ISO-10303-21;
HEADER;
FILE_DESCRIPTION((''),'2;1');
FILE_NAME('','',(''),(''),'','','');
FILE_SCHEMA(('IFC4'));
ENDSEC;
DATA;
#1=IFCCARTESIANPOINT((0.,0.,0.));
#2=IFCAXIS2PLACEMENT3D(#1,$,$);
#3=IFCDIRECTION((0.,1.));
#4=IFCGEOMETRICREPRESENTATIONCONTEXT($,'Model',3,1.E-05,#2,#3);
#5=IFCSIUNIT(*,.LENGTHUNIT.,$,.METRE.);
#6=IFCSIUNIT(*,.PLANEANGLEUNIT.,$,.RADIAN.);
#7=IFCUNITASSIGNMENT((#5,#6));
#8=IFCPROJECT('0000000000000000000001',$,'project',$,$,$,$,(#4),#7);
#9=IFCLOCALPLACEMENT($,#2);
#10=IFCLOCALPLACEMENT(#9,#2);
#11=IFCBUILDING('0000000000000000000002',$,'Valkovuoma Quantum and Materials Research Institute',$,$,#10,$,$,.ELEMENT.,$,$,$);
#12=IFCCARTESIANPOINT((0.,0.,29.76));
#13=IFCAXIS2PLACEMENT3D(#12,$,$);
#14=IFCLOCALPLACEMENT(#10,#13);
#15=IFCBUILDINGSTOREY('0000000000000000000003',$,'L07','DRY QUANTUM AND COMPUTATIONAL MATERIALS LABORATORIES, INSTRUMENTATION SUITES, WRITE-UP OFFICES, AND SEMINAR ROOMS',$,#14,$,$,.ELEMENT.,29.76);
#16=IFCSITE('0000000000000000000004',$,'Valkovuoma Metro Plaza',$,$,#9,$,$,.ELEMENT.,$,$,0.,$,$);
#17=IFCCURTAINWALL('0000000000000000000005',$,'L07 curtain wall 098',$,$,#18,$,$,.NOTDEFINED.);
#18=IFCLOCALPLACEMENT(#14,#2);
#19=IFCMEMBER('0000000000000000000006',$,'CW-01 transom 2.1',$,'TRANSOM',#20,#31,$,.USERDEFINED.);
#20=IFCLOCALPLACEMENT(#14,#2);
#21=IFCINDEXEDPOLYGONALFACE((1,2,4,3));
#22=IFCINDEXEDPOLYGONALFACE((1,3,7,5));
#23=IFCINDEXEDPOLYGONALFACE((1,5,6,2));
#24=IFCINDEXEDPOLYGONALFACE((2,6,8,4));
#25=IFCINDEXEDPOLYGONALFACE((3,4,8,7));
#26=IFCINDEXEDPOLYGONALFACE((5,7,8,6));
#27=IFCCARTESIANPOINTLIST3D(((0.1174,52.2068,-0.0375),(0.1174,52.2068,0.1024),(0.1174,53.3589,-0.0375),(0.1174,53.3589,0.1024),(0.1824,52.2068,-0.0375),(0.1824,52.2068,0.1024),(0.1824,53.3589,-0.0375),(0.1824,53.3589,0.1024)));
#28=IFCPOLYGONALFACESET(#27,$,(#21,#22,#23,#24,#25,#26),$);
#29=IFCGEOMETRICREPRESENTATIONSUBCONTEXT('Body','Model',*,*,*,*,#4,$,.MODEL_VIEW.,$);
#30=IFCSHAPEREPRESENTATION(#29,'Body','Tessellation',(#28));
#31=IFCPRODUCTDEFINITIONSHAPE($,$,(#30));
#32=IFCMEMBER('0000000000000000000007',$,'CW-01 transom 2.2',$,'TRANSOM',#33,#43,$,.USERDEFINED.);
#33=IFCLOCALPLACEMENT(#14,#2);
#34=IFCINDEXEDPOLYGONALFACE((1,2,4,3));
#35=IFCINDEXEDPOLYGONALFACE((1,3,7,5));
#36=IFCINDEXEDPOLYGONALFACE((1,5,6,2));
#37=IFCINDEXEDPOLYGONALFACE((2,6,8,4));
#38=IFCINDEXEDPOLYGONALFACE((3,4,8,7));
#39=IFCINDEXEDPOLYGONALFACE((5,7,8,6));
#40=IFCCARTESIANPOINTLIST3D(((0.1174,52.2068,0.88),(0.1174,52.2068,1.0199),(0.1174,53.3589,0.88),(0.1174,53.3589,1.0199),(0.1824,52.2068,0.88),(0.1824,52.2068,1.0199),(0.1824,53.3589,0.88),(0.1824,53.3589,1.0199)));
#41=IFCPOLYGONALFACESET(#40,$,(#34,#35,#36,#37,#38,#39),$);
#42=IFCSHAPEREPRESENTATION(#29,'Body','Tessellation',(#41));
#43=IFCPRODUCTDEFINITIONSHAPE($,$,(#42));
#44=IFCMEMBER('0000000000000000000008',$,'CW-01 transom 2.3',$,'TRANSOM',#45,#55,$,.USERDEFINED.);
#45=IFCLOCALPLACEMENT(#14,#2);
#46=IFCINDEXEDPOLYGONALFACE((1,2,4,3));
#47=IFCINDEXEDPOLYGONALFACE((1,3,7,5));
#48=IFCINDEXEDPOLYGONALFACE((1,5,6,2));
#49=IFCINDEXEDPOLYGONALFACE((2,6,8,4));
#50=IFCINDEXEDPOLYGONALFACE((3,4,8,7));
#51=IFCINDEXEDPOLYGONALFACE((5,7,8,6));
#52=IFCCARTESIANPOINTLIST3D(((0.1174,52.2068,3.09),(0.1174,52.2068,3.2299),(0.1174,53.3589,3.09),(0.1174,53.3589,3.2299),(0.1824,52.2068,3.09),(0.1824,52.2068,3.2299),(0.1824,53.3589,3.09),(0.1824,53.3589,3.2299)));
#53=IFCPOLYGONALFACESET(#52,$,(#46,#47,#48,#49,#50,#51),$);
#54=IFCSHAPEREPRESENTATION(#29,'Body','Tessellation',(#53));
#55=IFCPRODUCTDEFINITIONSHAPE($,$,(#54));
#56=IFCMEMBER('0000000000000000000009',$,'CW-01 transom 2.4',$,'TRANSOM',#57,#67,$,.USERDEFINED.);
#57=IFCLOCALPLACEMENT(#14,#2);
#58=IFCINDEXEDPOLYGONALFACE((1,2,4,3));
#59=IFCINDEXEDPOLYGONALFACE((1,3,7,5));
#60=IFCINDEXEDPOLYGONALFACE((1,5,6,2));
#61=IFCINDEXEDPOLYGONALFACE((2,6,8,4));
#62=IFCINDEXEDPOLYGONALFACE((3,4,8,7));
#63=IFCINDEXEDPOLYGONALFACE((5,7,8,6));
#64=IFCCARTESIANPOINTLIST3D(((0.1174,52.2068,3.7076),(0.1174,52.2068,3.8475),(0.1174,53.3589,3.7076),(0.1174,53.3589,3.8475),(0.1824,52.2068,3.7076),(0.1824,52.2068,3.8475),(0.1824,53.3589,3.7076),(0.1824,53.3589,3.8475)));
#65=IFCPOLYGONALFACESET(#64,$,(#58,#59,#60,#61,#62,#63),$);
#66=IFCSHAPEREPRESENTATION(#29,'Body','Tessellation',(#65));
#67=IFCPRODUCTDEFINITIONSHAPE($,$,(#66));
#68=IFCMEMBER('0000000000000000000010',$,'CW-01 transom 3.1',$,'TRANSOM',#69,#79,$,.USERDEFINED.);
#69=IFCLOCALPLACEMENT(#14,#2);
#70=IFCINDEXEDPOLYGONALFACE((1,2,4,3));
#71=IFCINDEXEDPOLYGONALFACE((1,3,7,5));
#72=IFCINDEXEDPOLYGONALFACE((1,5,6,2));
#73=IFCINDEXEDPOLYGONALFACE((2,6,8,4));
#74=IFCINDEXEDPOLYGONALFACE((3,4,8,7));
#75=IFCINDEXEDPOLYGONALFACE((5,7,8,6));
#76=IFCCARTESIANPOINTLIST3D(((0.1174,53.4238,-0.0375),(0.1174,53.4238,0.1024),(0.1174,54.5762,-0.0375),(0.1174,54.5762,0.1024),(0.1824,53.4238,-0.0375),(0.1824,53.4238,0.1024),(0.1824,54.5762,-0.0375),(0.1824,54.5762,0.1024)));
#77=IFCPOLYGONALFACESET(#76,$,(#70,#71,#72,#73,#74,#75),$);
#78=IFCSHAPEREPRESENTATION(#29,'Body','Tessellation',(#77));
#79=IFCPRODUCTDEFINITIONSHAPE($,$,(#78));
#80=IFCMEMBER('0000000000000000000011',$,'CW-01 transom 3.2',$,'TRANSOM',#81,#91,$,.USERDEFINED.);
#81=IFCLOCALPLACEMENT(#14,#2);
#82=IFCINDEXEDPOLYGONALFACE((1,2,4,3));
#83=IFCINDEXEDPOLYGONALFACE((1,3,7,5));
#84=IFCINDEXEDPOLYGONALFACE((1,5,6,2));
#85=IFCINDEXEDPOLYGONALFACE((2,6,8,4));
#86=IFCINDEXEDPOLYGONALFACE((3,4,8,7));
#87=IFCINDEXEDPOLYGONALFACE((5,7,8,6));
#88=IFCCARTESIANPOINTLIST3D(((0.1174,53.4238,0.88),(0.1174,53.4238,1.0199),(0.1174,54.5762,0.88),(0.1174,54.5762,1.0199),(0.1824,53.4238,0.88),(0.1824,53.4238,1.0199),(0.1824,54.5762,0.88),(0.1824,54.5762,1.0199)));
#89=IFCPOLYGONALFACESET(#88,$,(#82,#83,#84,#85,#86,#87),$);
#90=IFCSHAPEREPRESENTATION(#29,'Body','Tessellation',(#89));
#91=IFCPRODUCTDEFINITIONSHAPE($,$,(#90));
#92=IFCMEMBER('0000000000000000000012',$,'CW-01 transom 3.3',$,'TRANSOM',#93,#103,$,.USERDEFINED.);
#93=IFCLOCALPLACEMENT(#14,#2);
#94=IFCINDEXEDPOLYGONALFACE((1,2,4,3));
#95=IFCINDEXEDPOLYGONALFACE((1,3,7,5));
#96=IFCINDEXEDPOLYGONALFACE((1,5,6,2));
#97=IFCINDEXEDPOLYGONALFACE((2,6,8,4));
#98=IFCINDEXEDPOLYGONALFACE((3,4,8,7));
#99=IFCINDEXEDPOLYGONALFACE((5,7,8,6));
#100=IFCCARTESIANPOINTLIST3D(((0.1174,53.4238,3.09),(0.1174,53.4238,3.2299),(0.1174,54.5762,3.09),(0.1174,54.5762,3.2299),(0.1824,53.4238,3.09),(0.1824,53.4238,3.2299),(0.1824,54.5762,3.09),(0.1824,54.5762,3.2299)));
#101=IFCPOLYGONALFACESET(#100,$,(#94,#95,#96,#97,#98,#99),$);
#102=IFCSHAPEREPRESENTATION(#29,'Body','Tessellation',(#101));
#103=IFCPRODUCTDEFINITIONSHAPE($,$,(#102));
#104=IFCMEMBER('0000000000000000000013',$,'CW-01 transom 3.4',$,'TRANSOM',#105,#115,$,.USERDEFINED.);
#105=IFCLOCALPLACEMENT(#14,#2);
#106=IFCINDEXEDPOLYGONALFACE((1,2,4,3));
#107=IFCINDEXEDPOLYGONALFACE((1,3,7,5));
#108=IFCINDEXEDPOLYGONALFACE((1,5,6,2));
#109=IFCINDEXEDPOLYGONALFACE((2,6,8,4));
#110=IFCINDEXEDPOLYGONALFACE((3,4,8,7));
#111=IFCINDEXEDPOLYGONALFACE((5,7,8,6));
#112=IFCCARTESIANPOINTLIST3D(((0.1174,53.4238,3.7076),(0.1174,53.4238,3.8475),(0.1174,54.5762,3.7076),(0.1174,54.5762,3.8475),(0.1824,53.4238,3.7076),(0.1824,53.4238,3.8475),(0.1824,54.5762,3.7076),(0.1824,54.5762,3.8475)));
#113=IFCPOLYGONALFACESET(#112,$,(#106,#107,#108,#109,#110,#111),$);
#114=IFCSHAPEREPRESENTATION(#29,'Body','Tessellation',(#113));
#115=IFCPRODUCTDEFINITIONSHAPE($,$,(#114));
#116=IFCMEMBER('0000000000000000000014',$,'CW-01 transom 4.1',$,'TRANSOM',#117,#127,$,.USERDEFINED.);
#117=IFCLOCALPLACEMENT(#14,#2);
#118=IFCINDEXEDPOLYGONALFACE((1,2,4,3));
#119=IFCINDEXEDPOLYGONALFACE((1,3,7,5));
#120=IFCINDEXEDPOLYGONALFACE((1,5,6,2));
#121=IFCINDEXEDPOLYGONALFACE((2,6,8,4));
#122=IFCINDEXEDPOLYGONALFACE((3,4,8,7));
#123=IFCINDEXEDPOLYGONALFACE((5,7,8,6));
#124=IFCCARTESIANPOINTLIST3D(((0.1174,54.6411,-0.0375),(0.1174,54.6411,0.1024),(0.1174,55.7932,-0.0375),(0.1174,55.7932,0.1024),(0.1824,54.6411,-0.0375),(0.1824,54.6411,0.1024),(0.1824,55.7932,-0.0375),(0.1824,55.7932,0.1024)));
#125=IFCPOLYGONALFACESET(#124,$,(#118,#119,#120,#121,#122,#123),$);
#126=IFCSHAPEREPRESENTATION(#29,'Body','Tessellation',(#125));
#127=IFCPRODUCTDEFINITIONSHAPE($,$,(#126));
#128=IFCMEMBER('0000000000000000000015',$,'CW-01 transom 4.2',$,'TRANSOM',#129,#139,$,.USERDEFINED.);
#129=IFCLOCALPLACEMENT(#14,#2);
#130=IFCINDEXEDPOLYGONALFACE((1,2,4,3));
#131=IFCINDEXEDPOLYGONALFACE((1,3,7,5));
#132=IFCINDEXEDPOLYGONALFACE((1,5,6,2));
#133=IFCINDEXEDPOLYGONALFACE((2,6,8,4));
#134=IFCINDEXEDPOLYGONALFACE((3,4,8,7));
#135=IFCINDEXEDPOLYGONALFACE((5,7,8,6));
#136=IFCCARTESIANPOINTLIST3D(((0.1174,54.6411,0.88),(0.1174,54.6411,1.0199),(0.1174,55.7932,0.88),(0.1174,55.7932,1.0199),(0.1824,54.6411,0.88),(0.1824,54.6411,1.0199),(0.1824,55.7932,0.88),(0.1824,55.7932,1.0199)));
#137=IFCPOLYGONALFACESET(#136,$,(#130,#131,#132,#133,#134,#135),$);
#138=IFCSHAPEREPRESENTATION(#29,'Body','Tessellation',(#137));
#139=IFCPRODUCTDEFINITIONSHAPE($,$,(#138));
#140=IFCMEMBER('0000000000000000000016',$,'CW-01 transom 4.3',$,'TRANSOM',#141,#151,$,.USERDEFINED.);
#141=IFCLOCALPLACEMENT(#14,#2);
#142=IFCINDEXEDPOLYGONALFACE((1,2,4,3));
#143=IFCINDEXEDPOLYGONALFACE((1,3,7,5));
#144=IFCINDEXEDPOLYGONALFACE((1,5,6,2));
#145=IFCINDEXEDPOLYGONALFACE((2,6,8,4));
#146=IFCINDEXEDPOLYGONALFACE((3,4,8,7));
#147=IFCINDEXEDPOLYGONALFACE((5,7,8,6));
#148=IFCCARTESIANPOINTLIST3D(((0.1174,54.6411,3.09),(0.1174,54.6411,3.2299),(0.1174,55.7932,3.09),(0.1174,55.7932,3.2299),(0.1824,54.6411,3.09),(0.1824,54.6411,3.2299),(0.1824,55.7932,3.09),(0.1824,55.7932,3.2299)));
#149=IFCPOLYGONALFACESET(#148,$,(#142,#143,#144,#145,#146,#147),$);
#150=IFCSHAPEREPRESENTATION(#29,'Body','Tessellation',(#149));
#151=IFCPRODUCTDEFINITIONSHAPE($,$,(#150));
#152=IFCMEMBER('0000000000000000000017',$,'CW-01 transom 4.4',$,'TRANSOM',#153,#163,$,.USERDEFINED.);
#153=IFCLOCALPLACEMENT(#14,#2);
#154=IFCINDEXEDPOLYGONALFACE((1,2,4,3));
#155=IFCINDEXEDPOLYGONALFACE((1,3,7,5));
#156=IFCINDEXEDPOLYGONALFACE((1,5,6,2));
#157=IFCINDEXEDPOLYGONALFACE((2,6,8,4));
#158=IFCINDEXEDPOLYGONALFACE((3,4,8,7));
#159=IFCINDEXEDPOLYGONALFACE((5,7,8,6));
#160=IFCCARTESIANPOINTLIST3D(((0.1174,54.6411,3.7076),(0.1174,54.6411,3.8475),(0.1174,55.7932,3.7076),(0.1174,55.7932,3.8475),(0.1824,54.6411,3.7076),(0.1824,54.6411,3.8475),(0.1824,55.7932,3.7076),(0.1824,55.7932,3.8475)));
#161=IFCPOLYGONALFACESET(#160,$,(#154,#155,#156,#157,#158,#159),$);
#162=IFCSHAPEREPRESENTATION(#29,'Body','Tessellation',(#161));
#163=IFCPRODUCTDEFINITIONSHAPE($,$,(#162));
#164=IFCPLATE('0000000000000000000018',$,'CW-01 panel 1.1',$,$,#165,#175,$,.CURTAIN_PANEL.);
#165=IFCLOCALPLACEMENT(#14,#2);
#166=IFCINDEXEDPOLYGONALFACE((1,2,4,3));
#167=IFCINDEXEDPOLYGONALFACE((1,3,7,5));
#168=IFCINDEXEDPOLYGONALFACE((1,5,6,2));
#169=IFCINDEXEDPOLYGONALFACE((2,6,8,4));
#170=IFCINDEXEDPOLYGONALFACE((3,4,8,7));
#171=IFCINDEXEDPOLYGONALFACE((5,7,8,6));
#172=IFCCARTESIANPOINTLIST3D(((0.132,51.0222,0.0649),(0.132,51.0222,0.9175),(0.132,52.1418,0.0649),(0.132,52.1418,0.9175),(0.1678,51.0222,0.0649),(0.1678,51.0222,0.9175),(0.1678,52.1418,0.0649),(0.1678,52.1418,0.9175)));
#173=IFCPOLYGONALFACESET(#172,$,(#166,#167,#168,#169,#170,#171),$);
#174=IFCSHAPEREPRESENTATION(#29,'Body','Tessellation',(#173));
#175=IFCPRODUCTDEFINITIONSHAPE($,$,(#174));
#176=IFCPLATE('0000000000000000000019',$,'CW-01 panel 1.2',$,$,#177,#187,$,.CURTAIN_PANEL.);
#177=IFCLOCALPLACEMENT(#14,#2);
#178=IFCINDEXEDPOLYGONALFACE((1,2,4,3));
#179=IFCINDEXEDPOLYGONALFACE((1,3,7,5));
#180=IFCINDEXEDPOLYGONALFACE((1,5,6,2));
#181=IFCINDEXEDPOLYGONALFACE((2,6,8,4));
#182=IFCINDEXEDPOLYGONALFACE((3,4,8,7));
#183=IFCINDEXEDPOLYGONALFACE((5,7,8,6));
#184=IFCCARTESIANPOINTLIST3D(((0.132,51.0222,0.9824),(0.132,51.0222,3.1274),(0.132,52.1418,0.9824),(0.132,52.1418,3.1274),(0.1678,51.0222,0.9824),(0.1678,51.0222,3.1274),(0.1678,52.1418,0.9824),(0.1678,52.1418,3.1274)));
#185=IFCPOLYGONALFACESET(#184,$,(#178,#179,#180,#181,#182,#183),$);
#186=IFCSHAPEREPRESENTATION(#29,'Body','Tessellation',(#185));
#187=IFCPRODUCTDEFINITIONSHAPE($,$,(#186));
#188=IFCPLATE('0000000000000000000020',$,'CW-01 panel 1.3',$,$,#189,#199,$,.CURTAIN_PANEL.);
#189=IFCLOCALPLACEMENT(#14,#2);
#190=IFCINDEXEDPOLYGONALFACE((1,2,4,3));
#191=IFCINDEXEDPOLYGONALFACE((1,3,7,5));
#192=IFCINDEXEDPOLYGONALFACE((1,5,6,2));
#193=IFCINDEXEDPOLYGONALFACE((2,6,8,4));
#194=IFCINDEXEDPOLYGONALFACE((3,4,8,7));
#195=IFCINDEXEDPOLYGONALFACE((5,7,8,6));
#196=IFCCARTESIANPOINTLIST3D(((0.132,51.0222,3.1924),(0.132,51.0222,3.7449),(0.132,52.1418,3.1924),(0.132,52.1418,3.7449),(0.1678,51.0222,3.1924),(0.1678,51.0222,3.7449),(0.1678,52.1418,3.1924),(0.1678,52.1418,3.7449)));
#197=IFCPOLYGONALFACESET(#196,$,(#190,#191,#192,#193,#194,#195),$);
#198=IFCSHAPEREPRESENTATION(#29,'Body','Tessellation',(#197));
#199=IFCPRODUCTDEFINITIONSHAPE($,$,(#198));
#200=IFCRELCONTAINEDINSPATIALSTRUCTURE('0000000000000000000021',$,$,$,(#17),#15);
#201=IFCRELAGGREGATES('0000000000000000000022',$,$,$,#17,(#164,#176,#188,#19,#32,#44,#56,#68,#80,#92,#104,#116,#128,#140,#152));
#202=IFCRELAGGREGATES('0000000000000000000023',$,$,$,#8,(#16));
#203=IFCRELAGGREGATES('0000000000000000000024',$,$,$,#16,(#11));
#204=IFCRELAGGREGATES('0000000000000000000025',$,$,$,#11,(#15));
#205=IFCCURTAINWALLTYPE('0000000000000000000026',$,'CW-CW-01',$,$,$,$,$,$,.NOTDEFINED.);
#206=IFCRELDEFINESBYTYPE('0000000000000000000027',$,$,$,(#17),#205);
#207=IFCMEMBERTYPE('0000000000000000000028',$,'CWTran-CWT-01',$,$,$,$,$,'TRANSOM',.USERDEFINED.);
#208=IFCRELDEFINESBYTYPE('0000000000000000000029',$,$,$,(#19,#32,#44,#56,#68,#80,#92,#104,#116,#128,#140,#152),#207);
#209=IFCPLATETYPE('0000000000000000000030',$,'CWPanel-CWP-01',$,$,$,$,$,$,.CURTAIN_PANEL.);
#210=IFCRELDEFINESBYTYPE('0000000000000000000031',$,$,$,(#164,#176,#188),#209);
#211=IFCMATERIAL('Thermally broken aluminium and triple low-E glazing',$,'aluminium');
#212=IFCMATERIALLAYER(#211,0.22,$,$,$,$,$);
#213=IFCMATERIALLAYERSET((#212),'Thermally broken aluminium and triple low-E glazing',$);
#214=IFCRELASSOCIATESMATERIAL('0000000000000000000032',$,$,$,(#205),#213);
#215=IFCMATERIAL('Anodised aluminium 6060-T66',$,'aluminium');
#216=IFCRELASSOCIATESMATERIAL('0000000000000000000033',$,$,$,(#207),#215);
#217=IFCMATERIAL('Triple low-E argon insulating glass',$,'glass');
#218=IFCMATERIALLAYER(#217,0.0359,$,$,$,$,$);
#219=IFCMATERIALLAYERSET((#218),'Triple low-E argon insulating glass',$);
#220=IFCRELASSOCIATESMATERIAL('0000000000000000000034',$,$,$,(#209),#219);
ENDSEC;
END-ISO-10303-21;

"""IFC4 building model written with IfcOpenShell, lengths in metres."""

from ifc_helpers import new_model, si_unit, direction, frame, origin, origin_2d, place, context, subcontext, project, spatial, rectangle, extrude, material, layer, layer_set, material_profile, profile_set, type_object, element, aggregate, save


model = new_model("IFC4")

# Units and contexts
model_context = context("Model", 3, precision=1e-05, world=origin(), true_north=direction((0.0, 1.0)))
body_context = subcontext(model_context, "Body", "Model", "MODEL_VIEW")
ifc_project = project(units=[si_unit("LENGTHUNIT", "METRE"), si_unit("PLANEANGLEUNIT", "RADIAN")], contexts=[model_context])

# Site, building, storey
site_placement = place(None, origin())
site = spatial("IfcSite", under=ifc_project, at=site_placement, Name="Valkovuoma Metro Plaza", CompositionType="ELEMENT", RefElevation=0.0)
building_placement = place(site_placement, origin())
building = spatial("IfcBuilding", under=site, at=building_placement, Name="Valkovuoma Quantum and Materials Research Institute", CompositionType="ELEMENT")
storey_placement = place(building_placement, frame((0.0, 0.0, 29.76)))
storey = spatial("IfcBuildingStorey", under=building, at=storey_placement, Name="L07", Description="DRY QUANTUM AND COMPUTATIONAL MATERIALS LABORATORIES, INSTRUMENTATION SUITES, WRITE-UP OFFICES, AND SEMINAR ROOMS", CompositionType="ELEMENT", Elevation=29.76)

# Curtain wall, members, plates
ifc_material_1 = material(Name="Thermally broken aluminium and triple low-E glazing", Category="aluminium")
ifc_layer_1 = layer(ifc_material_1, 0.22)
ifc_layer_set_1 = layer_set([ifc_layer_1], Name="Thermally broken aluminium and triple low-E glazing")
curtain_wall_type = type_object("IfcCurtainWallType", Name="CW-CW-01", PredefinedType="NOTDEFINED", material=ifc_layer_set_1)
curtain_wall_placement = place(storey_placement, origin())
curtain_wall = element("IfcCurtainWall", 1, at=curtain_wall_placement, inside=storey, type_object=curtain_wall_type, Name="L07 curtain wall 098", PredefinedType="NOTDEFINED")
ifc_material_2 = material(Name="Anodised aluminium 6060-T66", Category="aluminium")
ifc_material_profile_1 = material_profile(ifc_material_2, rectangle(XDim=0.0649, YDim=0.1399, at=origin_2d()), Name="Anodised aluminium 6060-T66")
ifc_profile_set_1 = profile_set([ifc_material_profile_1], Name="Anodised aluminium 6060-T66")
member_type_1 = type_object("IfcMemberType", Name="CWTran-CWT-01", ElementType="TRANSOM", PredefinedType="USERDEFINED", material=ifc_profile_set_1)
member_1_placement = place(storey_placement, frame((0.1499, 52.2068, 0.0325), z_axis=(0.0, 1.0, 0.0), x_axis=(-1.0, 0.0, 0.0)))
member_1 = element("IfcMember", 2, at=member_1_placement, type_object=member_type_1, Name="CW-01 transom 2.1", ObjectType="TRANSOM", PredefinedType="USERDEFINED", context=body_context, shape_type="SweptSolid", body=[
    extrude(rectangle(XDim=0.0649, YDim=0.1399, at=origin_2d()), origin(), (0.0, 0.0, 1.0), 1.1521),
])
member_2_placement = place(storey_placement, frame((0.1499, 52.2068, 0.95), z_axis=(0.0, 1.0, 0.0), x_axis=(-1.0, 0.0, 0.0)))
member_2 = element("IfcMember", 3, at=member_2_placement, type_object=member_type_1, Name="CW-01 transom 2.2", ObjectType="TRANSOM", PredefinedType="USERDEFINED", context=body_context, shape_type="SweptSolid", body=[
    extrude(rectangle(XDim=0.0649, YDim=0.1399, at=origin_2d()), origin(), (0.0, 0.0, 1.0), 1.1521),
])
member_3_placement = place(storey_placement, frame((0.1499, 52.2068, 3.1599), z_axis=(0.0, 1.0, 0.0), x_axis=(-1.0, 0.0, 0.0)))
member_3 = element("IfcMember", 4, at=member_3_placement, type_object=member_type_1, Name="CW-01 transom 2.3", ObjectType="TRANSOM", PredefinedType="USERDEFINED", context=body_context, shape_type="SweptSolid", body=[
    extrude(rectangle(XDim=0.0649, YDim=0.1399, at=origin_2d()), origin(), (0.0, 0.0, 1.0), 1.1521),
])
member_4_placement = place(storey_placement, frame((0.1499, 52.2068, 3.7776), z_axis=(0.0, 1.0, 0.0), x_axis=(-1.0, 0.0, 0.0)))
member_4 = element("IfcMember", 5, at=member_4_placement, type_object=member_type_1, Name="CW-01 transom 2.4", ObjectType="TRANSOM", PredefinedType="USERDEFINED", context=body_context, shape_type="SweptSolid", body=[
    extrude(rectangle(XDim=0.0649, YDim=0.1399, at=origin_2d()), origin(), (0.0, 0.0, 1.0), 1.1521),
])
member_5_placement = place(storey_placement, frame((0.1499, 53.4238, 0.0325), z_axis=(0.0, 1.0, 0.0), x_axis=(-1.0, 0.0, 0.0)))
member_5 = element("IfcMember", 6, at=member_5_placement, type_object=member_type_1, Name="CW-01 transom 3.1", ObjectType="TRANSOM", PredefinedType="USERDEFINED", context=body_context, shape_type="SweptSolid", body=[
    extrude(rectangle(XDim=0.0649, YDim=0.1399, at=origin_2d()), origin(), (0.0, 0.0, 1.0), 1.1523),
])
member_6_placement = place(storey_placement, frame((0.1499, 53.4238, 0.95), z_axis=(0.0, 1.0, 0.0), x_axis=(-1.0, 0.0, 0.0)))
member_6 = element("IfcMember", 7, at=member_6_placement, type_object=member_type_1, Name="CW-01 transom 3.2", ObjectType="TRANSOM", PredefinedType="USERDEFINED", context=body_context, shape_type="SweptSolid", body=[
    extrude(rectangle(XDim=0.0649, YDim=0.1399, at=origin_2d()), origin(), (0.0, 0.0, 1.0), 1.1523),
])
member_7_placement = place(storey_placement, frame((0.1499, 53.4238, 3.1599), z_axis=(0.0, 1.0, 0.0), x_axis=(-1.0, 0.0, 0.0)))
member_7 = element("IfcMember", 8, at=member_7_placement, type_object=member_type_1, Name="CW-01 transom 3.3", ObjectType="TRANSOM", PredefinedType="USERDEFINED", context=body_context, shape_type="SweptSolid", body=[
    extrude(rectangle(XDim=0.0649, YDim=0.1399, at=origin_2d()), origin(), (0.0, 0.0, 1.0), 1.1523),
])
member_8_placement = place(storey_placement, frame((0.1499, 53.4238, 3.7776), z_axis=(0.0, 1.0, 0.0), x_axis=(-1.0, 0.0, 0.0)))
member_8 = element("IfcMember", 9, at=member_8_placement, type_object=member_type_1, Name="CW-01 transom 3.4", ObjectType="TRANSOM", PredefinedType="USERDEFINED", context=body_context, shape_type="SweptSolid", body=[
    extrude(rectangle(XDim=0.0649, YDim=0.1399, at=origin_2d()), origin(), (0.0, 0.0, 1.0), 1.1523),
])
member_9_placement = place(storey_placement, frame((0.1499, 54.6411, 0.0325), z_axis=(0.0, 1.0, 0.0), x_axis=(-1.0, 0.0, 0.0)))
member_9 = element("IfcMember", 10, at=member_9_placement, type_object=member_type_1, Name="CW-01 transom 4.1", ObjectType="TRANSOM", PredefinedType="USERDEFINED", context=body_context, shape_type="SweptSolid", body=[
    extrude(rectangle(XDim=0.0649, YDim=0.1399, at=origin_2d()), origin(), (0.0, 0.0, 1.0), 1.1521),
])
member_10_placement = place(storey_placement, frame((0.1499, 54.6411, 0.95), z_axis=(0.0, 1.0, 0.0), x_axis=(-1.0, 0.0, 0.0)))
member_10 = element("IfcMember", 11, at=member_10_placement, type_object=member_type_1, Name="CW-01 transom 4.2", ObjectType="TRANSOM", PredefinedType="USERDEFINED", context=body_context, shape_type="SweptSolid", body=[
    extrude(rectangle(XDim=0.0649, YDim=0.1399, at=origin_2d()), origin(), (0.0, 0.0, 1.0), 1.1521),
])
member_11_placement = place(storey_placement, frame((0.1499, 54.6411, 3.1599), z_axis=(0.0, 1.0, 0.0), x_axis=(-1.0, 0.0, 0.0)))
member_11 = element("IfcMember", 12, at=member_11_placement, type_object=member_type_1, Name="CW-01 transom 4.3", ObjectType="TRANSOM", PredefinedType="USERDEFINED", context=body_context, shape_type="SweptSolid", body=[
    extrude(rectangle(XDim=0.0649, YDim=0.1399, at=origin_2d()), origin(), (0.0, 0.0, 1.0), 1.1521),
])
member_12_placement = place(storey_placement, frame((0.1499, 54.6411, 3.7776), z_axis=(0.0, 1.0, 0.0), x_axis=(-1.0, 0.0, 0.0)))
member_12 = element("IfcMember", 13, at=member_12_placement, type_object=member_type_1, Name="CW-01 transom 4.4", ObjectType="TRANSOM", PredefinedType="USERDEFINED", context=body_context, shape_type="SweptSolid", body=[
    extrude(rectangle(XDim=0.0649, YDim=0.1399, at=origin_2d()), origin(), (0.0, 0.0, 1.0), 1.1521),
])
ifc_material_3 = material(Name="Triple low-E argon insulating glass", Category="glass")
ifc_layer_2 = layer(ifc_material_3, 0.0359)
ifc_layer_set_2 = layer_set([ifc_layer_2], Name="Triple low-E argon insulating glass")
plate_type = type_object("IfcPlateType", Name="CWPanel-CWP-01", PredefinedType="CURTAIN_PANEL", material=ifc_layer_set_2)
plate_1_placement = place(storey_placement, frame((0.1499, 51.582, 0.0649), z_axis=(0.0, 0.0, 1.0), x_axis=(0.0, 1.0, 0.0)))
plate_1 = element("IfcPlate", 14, at=plate_1_placement, type_object=plate_type, Name="CW-01 panel 1.1", PredefinedType="CURTAIN_PANEL", context=body_context, shape_type="SweptSolid", body=[
    extrude(rectangle(XDim=1.1196, YDim=0.0359, at=origin_2d()), origin(), (0.0, 0.0, 1.0), 0.8525),
])
plate_2_placement = place(storey_placement, frame((0.1499, 51.582, 0.9824), z_axis=(0.0, 0.0, 1.0), x_axis=(0.0, 1.0, 0.0)))
plate_2 = element("IfcPlate", 15, at=plate_2_placement, type_object=plate_type, Name="CW-01 panel 1.2", PredefinedType="CURTAIN_PANEL", context=body_context, shape_type="SweptSolid", body=[
    extrude(rectangle(XDim=1.1196, YDim=0.0359, at=origin_2d()), origin(), (0.0, 0.0, 1.0), 2.145),
])
plate_3_placement = place(storey_placement, frame((0.1499, 51.582, 3.1924), z_axis=(0.0, 0.0, 1.0), x_axis=(0.0, 1.0, 0.0)))
plate_3 = element("IfcPlate", 16, at=plate_3_placement, type_object=plate_type, Name="CW-01 panel 1.3", PredefinedType="CURTAIN_PANEL", context=body_context, shape_type="SweptSolid", body=[
    extrude(rectangle(XDim=1.1196, YDim=0.0359, at=origin_2d()), origin(), (0.0, 0.0, 1.0), 0.5525),
])
aggregate(curtain_wall, [plate_1, plate_2, plate_3, member_1, member_2, member_3, member_4, member_5, member_6, member_7, member_8, member_9, member_10, member_11, member_12])

save(model, "model.ifc")
